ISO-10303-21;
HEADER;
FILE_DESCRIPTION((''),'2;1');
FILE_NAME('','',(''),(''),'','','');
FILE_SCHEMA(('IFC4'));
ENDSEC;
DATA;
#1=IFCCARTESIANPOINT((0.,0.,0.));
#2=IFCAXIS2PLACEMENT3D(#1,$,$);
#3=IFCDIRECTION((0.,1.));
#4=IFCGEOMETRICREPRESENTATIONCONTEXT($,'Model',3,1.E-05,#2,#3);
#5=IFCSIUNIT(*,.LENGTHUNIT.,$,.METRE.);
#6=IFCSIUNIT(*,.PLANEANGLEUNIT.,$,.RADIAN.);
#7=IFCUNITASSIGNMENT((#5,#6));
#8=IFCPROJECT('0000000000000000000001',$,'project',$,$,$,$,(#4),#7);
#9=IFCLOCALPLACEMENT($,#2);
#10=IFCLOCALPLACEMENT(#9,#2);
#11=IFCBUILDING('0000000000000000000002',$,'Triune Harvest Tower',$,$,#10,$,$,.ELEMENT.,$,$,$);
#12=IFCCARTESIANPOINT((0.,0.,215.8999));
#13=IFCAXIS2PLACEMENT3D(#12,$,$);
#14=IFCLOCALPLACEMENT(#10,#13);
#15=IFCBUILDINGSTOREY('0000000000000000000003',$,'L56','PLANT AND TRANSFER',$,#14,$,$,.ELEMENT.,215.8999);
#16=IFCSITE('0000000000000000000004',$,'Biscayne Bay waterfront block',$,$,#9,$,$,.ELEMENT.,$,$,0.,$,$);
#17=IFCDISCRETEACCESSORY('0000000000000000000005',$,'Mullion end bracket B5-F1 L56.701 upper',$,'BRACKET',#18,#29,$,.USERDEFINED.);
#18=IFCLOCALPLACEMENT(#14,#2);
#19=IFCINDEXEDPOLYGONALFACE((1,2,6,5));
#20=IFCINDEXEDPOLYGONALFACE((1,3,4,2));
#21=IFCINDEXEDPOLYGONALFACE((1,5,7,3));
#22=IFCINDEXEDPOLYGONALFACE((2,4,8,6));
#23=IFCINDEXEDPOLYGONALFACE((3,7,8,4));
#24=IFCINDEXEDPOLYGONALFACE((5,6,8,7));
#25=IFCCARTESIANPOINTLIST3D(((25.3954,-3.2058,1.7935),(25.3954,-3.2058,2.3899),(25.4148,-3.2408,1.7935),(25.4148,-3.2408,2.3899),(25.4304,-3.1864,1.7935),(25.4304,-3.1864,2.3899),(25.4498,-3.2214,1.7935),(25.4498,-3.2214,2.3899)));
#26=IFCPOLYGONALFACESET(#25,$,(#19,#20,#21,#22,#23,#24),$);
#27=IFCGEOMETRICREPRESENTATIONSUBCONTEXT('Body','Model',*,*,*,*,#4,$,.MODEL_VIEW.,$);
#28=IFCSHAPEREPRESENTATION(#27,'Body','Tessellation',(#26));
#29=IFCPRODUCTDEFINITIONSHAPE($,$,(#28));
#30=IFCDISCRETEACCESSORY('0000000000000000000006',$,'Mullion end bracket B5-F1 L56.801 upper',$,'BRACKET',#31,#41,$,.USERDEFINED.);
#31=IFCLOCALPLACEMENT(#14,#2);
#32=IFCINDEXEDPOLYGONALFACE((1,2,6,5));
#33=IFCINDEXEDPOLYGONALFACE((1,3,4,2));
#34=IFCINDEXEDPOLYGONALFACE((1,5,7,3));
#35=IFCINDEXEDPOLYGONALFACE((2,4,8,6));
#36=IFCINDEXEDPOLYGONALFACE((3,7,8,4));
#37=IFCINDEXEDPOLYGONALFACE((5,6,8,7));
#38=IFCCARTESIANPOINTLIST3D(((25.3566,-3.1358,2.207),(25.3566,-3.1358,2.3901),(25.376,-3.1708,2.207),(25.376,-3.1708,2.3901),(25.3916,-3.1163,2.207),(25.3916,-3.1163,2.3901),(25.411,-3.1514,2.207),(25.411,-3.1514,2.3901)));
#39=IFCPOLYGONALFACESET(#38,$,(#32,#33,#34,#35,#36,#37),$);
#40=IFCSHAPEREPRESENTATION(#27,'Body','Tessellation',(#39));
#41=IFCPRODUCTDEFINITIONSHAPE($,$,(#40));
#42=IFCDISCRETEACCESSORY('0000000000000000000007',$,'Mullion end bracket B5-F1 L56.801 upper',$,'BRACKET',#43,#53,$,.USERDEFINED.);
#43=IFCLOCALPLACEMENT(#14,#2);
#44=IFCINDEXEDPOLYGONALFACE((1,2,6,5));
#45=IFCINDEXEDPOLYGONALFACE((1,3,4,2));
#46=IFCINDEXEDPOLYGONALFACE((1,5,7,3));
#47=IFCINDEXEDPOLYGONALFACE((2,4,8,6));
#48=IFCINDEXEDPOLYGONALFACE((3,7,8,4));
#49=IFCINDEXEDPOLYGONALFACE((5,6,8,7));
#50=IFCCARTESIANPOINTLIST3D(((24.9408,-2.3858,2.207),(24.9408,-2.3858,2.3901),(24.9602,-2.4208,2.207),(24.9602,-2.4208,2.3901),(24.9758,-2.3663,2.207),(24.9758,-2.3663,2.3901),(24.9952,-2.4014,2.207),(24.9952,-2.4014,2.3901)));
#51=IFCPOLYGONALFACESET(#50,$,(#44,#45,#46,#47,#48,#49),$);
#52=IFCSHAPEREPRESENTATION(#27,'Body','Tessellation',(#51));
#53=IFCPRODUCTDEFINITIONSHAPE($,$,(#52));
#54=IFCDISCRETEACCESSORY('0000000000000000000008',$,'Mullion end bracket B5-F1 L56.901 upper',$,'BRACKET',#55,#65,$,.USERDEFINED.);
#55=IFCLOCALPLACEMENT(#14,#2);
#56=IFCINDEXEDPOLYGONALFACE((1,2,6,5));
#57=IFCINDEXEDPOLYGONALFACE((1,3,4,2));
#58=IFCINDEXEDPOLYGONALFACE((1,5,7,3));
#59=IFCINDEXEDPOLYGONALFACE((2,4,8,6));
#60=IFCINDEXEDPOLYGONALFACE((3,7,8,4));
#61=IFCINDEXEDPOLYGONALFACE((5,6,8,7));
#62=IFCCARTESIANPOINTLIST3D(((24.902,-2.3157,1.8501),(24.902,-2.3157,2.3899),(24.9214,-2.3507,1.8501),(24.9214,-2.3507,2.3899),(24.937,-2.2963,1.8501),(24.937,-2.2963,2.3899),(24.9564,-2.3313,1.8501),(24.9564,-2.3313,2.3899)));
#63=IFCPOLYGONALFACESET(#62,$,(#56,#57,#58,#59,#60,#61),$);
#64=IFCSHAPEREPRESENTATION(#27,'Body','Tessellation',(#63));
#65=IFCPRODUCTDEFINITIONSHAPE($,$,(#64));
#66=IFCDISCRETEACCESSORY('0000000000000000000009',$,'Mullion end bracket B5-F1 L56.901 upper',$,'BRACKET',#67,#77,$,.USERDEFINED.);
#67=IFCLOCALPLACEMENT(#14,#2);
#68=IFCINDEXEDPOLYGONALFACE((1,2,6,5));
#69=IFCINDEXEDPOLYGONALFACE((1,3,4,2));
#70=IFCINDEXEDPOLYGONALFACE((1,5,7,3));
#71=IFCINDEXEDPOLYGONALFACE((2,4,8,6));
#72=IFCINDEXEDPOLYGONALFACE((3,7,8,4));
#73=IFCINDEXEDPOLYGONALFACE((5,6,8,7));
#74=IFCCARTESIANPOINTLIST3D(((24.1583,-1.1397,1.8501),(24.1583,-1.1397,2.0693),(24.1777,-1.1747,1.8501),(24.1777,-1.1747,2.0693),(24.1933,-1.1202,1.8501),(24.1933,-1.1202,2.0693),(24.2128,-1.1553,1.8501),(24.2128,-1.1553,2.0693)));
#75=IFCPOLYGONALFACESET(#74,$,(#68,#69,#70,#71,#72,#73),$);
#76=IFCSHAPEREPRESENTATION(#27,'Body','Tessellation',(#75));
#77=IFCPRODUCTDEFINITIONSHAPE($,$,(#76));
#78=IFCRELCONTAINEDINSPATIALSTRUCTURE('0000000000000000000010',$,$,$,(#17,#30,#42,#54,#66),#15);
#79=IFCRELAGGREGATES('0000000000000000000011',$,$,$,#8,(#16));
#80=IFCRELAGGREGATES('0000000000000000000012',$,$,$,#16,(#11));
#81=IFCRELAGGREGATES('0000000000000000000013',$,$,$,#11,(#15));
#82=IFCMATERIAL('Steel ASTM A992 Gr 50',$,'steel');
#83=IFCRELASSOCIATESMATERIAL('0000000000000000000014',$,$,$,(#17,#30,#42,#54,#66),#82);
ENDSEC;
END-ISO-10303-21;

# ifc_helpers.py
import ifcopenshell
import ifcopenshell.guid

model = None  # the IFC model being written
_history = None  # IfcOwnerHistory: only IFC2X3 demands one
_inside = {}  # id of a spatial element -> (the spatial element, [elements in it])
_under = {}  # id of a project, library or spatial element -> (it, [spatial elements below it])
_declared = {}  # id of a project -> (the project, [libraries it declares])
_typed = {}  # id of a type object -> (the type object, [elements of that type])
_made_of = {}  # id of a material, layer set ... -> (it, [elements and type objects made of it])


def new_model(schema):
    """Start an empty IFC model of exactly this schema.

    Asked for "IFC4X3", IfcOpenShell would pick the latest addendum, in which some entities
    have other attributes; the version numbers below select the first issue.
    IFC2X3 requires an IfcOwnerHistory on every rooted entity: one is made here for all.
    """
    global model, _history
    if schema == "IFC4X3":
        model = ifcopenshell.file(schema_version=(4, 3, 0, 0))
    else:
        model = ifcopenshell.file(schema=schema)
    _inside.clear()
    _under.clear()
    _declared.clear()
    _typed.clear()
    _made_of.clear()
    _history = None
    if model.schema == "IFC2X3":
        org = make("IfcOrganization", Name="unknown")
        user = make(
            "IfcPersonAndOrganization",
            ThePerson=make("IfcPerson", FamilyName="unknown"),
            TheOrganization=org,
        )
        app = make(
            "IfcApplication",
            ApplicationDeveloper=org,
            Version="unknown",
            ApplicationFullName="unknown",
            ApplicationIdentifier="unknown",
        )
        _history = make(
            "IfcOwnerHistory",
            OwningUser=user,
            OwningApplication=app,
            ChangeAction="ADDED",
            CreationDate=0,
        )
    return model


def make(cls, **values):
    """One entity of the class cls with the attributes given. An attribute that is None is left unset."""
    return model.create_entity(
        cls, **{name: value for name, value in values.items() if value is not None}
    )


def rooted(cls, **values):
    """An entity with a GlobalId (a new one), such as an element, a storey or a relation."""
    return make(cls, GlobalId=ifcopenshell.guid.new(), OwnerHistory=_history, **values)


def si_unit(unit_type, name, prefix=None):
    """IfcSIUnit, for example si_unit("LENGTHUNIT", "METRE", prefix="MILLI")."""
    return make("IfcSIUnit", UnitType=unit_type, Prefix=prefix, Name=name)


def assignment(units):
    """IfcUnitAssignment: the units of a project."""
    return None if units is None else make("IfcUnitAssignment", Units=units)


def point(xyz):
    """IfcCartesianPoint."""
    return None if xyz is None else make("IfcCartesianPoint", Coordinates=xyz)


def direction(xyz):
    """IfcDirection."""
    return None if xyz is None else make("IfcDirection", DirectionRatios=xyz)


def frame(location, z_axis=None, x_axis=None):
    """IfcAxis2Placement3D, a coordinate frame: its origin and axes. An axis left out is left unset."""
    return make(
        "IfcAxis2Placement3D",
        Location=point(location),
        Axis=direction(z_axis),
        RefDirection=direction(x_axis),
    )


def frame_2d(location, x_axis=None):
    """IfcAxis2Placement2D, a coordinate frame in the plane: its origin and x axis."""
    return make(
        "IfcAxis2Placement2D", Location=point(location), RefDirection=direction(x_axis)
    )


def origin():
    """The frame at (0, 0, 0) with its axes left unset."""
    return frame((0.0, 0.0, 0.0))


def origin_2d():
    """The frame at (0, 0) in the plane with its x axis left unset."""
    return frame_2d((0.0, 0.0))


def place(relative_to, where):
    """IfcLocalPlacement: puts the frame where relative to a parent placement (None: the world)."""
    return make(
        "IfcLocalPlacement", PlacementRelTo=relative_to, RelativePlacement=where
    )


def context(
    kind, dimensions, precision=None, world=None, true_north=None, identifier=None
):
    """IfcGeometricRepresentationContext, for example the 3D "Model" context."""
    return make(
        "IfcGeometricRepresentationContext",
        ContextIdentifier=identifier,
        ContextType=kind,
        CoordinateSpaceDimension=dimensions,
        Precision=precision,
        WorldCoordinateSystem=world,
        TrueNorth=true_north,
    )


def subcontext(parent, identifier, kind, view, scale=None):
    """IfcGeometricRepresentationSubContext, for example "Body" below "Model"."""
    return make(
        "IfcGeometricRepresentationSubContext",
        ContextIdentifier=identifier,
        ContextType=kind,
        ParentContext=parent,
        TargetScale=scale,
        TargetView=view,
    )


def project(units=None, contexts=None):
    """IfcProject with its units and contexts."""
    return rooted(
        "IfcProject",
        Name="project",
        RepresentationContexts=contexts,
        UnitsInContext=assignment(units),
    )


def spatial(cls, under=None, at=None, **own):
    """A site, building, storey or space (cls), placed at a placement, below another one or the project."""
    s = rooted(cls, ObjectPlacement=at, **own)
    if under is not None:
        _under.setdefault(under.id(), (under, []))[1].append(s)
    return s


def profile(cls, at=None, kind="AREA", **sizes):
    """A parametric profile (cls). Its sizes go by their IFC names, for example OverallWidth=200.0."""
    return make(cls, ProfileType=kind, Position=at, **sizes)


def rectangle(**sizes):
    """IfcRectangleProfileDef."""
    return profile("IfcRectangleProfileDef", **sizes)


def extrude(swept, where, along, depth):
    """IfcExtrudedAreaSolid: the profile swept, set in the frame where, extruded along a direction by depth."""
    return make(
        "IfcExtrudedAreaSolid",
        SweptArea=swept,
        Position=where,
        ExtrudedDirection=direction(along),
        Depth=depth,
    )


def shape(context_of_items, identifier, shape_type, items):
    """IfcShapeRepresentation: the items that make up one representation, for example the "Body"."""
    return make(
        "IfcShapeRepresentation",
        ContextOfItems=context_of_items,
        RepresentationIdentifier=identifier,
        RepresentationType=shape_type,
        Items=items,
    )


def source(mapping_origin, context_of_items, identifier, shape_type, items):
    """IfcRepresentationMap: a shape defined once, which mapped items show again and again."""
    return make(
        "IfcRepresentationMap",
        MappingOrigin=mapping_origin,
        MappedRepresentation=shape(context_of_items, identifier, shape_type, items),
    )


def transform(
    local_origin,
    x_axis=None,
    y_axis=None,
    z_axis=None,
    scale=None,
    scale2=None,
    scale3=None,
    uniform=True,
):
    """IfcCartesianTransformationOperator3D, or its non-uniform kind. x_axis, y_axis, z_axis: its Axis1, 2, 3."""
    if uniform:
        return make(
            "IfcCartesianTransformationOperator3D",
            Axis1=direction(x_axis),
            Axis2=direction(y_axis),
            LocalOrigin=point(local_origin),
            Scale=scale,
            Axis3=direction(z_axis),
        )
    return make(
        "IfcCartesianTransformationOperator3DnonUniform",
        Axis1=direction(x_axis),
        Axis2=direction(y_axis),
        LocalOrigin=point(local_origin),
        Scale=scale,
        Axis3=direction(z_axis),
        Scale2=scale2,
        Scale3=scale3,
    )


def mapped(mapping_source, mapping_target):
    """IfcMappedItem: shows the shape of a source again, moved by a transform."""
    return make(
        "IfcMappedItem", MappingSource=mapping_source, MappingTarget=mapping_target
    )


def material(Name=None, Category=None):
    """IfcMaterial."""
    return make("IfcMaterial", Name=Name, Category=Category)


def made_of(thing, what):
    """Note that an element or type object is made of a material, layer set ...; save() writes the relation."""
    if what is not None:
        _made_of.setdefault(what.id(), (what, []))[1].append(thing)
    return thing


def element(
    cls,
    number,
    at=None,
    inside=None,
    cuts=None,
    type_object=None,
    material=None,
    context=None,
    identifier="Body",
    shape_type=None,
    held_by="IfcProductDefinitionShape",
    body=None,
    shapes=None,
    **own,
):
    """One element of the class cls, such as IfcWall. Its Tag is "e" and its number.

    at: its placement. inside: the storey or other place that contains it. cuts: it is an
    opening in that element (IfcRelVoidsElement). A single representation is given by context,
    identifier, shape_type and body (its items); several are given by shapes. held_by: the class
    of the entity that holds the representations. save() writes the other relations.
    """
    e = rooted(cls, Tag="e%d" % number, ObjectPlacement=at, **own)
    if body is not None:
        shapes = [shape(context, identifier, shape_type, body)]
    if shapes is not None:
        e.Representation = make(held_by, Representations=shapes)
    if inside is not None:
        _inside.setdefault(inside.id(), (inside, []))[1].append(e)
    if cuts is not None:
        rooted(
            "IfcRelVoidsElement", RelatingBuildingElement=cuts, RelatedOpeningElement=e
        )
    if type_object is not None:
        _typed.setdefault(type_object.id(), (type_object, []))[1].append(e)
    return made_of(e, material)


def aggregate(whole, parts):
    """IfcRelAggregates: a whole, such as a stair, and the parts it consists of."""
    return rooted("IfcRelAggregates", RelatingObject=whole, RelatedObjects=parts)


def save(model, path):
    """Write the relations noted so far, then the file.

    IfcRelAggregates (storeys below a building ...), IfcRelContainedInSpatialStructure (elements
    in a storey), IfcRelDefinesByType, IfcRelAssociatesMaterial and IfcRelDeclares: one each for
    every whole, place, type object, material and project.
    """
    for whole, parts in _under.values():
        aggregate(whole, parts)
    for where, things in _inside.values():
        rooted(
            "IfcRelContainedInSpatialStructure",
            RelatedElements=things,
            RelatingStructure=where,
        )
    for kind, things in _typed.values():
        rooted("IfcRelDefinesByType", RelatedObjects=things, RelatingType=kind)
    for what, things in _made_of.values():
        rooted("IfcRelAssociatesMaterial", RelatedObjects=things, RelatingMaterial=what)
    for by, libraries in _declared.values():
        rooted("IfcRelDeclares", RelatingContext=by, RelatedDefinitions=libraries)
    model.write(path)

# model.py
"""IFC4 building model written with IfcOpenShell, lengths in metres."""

from ifc_helpers import new_model, si_unit, direction, frame, origin, origin_2d, place, context, subcontext, project, spatial, rectangle, extrude, source, transform, mapped, material, element, save


model = new_model("IFC4")

# Units and contexts
model_context = context("Model", 3, precision=1e-05, world=origin(), true_north=direction((0.0, 1.0)))
body_context = subcontext(model_context, "Body", "Model", "MODEL_VIEW")
ifc_project = project(units=[si_unit("LENGTHUNIT", "METRE"), si_unit("PLANEANGLEUNIT", "RADIAN")], contexts=[model_context])

# Site, building, storey
site_placement = place(None, origin())
site = spatial("IfcSite", under=ifc_project, at=site_placement, Name="Biscayne Bay waterfront block", CompositionType="ELEMENT", RefElevation=0.0)
building_placement = place(site_placement, origin())
building = spatial("IfcBuilding", under=site, at=building_placement, Name="Triune Harvest Tower", CompositionType="ELEMENT")
storey_placement = place(building_placement, frame((0.0, 0.0, 215.8999)))
storey = spatial("IfcBuildingStorey", under=building, at=storey_placement, Name="L56", Description="PLANT AND TRANSFER", CompositionType="ELEMENT", Elevation=215.8999)

# Discrete accessories
ifc_material_1 = material(Name="Steel ASTM A992 Gr 50", Category="steel")
shared_shape_1 = source(origin(), body_context, "Body", "SweptSolid", [
    extrude(rectangle(XDim=0.04, YDim=0.04, at=origin_2d()), origin(), (0.0, 0.0, 1.0), 0.5964),
])
discrete_accessory_1_placement = place(storey_placement, frame((25.4226, -3.2136, 1.7935), z_axis=(0.0, 0.0, 1.0), x_axis=(-0.484791, 0.87463, 0.0)))
element("IfcDiscreteAccessory", 1, at=discrete_accessory_1_placement, inside=storey, material=ifc_material_1, Name="Mullion end bracket B5-F1 L56.701 upper", ObjectType="BRACKET", PredefinedType="USERDEFINED", context=body_context, shape_type="MappedRepresentation", body=[
    mapped(shared_shape_1, transform((0.0, 0.0, 0.0), scale=1.0)),
])
shared_shape_2 = source(origin(), body_context, "Body", "SweptSolid", [
    extrude(rectangle(XDim=0.04, YDim=0.04, at=origin_2d()), origin(), (0.0, 0.0, 1.0), 0.1831),
])
for number, where, z_axis, x_axis, name in (
    (2, (25.3838, -3.1436, 2.207), (0.0, 0.0, 1.0), (-0.484819, 0.874615, 0.0), "Mullion end bracket B5-F1 L56.801 upper"),
    (3, (24.968, -2.3936, 2.207), (0.0, 0.0, 1.0), (-0.484819, 0.874615, 0.0), "Mullion end bracket B5-F1 L56.801 upper"),
):
    element("IfcDiscreteAccessory", number, at=place(storey_placement, frame(where, z_axis=z_axis, x_axis=x_axis)), inside=storey, material=ifc_material_1, Name=name, ObjectType="BRACKET", PredefinedType="USERDEFINED", context=body_context, shape_type="MappedRepresentation", body=[
        mapped(shared_shape_2, transform((0.0, 0.0, 0.0), scale=1.0)),
    ])
shared_shape_3 = source(origin(), body_context, "Body", "SweptSolid", [
    extrude(rectangle(XDim=0.04, YDim=0.04, at=origin_2d()), origin(), (0.0, 0.0, 1.0), 0.5398),
])
discrete_accessory_2_placement = place(storey_placement, frame((24.9292, -2.3235, 1.8501), z_axis=(0.0, 0.0, 1.0), x_axis=(-0.484845, 0.8746, 0.0)))
element("IfcDiscreteAccessory", 4, at=discrete_accessory_2_placement, inside=storey, material=ifc_material_1, Name="Mullion end bracket B5-F1 L56.901 upper", ObjectType="BRACKET", PredefinedType="USERDEFINED", context=body_context, shape_type="MappedRepresentation", body=[
    mapped(shared_shape_3, transform((0.0, 0.0, 0.0), scale=1.0)),
])
discrete_accessory_3_placement = place(storey_placement, frame((24.1855, -1.1475, 1.8501), z_axis=(0.0, 0.0, 1.0), x_axis=(-0.484845, 0.8746, 0.0)))
element("IfcDiscreteAccessory", 5, at=discrete_accessory_3_placement, inside=storey, material=ifc_material_1, Name="Mullion end bracket B5-F1 L56.901 upper", ObjectType="BRACKET", PredefinedType="USERDEFINED", context=body_context, shape_type="SweptSolid", body=[
    extrude(rectangle(XDim=0.04, YDim=0.04, at=origin_2d()), origin(), (0.0, 0.0, 1.0), 0.2192),
])

save(model, "model.ifc")
